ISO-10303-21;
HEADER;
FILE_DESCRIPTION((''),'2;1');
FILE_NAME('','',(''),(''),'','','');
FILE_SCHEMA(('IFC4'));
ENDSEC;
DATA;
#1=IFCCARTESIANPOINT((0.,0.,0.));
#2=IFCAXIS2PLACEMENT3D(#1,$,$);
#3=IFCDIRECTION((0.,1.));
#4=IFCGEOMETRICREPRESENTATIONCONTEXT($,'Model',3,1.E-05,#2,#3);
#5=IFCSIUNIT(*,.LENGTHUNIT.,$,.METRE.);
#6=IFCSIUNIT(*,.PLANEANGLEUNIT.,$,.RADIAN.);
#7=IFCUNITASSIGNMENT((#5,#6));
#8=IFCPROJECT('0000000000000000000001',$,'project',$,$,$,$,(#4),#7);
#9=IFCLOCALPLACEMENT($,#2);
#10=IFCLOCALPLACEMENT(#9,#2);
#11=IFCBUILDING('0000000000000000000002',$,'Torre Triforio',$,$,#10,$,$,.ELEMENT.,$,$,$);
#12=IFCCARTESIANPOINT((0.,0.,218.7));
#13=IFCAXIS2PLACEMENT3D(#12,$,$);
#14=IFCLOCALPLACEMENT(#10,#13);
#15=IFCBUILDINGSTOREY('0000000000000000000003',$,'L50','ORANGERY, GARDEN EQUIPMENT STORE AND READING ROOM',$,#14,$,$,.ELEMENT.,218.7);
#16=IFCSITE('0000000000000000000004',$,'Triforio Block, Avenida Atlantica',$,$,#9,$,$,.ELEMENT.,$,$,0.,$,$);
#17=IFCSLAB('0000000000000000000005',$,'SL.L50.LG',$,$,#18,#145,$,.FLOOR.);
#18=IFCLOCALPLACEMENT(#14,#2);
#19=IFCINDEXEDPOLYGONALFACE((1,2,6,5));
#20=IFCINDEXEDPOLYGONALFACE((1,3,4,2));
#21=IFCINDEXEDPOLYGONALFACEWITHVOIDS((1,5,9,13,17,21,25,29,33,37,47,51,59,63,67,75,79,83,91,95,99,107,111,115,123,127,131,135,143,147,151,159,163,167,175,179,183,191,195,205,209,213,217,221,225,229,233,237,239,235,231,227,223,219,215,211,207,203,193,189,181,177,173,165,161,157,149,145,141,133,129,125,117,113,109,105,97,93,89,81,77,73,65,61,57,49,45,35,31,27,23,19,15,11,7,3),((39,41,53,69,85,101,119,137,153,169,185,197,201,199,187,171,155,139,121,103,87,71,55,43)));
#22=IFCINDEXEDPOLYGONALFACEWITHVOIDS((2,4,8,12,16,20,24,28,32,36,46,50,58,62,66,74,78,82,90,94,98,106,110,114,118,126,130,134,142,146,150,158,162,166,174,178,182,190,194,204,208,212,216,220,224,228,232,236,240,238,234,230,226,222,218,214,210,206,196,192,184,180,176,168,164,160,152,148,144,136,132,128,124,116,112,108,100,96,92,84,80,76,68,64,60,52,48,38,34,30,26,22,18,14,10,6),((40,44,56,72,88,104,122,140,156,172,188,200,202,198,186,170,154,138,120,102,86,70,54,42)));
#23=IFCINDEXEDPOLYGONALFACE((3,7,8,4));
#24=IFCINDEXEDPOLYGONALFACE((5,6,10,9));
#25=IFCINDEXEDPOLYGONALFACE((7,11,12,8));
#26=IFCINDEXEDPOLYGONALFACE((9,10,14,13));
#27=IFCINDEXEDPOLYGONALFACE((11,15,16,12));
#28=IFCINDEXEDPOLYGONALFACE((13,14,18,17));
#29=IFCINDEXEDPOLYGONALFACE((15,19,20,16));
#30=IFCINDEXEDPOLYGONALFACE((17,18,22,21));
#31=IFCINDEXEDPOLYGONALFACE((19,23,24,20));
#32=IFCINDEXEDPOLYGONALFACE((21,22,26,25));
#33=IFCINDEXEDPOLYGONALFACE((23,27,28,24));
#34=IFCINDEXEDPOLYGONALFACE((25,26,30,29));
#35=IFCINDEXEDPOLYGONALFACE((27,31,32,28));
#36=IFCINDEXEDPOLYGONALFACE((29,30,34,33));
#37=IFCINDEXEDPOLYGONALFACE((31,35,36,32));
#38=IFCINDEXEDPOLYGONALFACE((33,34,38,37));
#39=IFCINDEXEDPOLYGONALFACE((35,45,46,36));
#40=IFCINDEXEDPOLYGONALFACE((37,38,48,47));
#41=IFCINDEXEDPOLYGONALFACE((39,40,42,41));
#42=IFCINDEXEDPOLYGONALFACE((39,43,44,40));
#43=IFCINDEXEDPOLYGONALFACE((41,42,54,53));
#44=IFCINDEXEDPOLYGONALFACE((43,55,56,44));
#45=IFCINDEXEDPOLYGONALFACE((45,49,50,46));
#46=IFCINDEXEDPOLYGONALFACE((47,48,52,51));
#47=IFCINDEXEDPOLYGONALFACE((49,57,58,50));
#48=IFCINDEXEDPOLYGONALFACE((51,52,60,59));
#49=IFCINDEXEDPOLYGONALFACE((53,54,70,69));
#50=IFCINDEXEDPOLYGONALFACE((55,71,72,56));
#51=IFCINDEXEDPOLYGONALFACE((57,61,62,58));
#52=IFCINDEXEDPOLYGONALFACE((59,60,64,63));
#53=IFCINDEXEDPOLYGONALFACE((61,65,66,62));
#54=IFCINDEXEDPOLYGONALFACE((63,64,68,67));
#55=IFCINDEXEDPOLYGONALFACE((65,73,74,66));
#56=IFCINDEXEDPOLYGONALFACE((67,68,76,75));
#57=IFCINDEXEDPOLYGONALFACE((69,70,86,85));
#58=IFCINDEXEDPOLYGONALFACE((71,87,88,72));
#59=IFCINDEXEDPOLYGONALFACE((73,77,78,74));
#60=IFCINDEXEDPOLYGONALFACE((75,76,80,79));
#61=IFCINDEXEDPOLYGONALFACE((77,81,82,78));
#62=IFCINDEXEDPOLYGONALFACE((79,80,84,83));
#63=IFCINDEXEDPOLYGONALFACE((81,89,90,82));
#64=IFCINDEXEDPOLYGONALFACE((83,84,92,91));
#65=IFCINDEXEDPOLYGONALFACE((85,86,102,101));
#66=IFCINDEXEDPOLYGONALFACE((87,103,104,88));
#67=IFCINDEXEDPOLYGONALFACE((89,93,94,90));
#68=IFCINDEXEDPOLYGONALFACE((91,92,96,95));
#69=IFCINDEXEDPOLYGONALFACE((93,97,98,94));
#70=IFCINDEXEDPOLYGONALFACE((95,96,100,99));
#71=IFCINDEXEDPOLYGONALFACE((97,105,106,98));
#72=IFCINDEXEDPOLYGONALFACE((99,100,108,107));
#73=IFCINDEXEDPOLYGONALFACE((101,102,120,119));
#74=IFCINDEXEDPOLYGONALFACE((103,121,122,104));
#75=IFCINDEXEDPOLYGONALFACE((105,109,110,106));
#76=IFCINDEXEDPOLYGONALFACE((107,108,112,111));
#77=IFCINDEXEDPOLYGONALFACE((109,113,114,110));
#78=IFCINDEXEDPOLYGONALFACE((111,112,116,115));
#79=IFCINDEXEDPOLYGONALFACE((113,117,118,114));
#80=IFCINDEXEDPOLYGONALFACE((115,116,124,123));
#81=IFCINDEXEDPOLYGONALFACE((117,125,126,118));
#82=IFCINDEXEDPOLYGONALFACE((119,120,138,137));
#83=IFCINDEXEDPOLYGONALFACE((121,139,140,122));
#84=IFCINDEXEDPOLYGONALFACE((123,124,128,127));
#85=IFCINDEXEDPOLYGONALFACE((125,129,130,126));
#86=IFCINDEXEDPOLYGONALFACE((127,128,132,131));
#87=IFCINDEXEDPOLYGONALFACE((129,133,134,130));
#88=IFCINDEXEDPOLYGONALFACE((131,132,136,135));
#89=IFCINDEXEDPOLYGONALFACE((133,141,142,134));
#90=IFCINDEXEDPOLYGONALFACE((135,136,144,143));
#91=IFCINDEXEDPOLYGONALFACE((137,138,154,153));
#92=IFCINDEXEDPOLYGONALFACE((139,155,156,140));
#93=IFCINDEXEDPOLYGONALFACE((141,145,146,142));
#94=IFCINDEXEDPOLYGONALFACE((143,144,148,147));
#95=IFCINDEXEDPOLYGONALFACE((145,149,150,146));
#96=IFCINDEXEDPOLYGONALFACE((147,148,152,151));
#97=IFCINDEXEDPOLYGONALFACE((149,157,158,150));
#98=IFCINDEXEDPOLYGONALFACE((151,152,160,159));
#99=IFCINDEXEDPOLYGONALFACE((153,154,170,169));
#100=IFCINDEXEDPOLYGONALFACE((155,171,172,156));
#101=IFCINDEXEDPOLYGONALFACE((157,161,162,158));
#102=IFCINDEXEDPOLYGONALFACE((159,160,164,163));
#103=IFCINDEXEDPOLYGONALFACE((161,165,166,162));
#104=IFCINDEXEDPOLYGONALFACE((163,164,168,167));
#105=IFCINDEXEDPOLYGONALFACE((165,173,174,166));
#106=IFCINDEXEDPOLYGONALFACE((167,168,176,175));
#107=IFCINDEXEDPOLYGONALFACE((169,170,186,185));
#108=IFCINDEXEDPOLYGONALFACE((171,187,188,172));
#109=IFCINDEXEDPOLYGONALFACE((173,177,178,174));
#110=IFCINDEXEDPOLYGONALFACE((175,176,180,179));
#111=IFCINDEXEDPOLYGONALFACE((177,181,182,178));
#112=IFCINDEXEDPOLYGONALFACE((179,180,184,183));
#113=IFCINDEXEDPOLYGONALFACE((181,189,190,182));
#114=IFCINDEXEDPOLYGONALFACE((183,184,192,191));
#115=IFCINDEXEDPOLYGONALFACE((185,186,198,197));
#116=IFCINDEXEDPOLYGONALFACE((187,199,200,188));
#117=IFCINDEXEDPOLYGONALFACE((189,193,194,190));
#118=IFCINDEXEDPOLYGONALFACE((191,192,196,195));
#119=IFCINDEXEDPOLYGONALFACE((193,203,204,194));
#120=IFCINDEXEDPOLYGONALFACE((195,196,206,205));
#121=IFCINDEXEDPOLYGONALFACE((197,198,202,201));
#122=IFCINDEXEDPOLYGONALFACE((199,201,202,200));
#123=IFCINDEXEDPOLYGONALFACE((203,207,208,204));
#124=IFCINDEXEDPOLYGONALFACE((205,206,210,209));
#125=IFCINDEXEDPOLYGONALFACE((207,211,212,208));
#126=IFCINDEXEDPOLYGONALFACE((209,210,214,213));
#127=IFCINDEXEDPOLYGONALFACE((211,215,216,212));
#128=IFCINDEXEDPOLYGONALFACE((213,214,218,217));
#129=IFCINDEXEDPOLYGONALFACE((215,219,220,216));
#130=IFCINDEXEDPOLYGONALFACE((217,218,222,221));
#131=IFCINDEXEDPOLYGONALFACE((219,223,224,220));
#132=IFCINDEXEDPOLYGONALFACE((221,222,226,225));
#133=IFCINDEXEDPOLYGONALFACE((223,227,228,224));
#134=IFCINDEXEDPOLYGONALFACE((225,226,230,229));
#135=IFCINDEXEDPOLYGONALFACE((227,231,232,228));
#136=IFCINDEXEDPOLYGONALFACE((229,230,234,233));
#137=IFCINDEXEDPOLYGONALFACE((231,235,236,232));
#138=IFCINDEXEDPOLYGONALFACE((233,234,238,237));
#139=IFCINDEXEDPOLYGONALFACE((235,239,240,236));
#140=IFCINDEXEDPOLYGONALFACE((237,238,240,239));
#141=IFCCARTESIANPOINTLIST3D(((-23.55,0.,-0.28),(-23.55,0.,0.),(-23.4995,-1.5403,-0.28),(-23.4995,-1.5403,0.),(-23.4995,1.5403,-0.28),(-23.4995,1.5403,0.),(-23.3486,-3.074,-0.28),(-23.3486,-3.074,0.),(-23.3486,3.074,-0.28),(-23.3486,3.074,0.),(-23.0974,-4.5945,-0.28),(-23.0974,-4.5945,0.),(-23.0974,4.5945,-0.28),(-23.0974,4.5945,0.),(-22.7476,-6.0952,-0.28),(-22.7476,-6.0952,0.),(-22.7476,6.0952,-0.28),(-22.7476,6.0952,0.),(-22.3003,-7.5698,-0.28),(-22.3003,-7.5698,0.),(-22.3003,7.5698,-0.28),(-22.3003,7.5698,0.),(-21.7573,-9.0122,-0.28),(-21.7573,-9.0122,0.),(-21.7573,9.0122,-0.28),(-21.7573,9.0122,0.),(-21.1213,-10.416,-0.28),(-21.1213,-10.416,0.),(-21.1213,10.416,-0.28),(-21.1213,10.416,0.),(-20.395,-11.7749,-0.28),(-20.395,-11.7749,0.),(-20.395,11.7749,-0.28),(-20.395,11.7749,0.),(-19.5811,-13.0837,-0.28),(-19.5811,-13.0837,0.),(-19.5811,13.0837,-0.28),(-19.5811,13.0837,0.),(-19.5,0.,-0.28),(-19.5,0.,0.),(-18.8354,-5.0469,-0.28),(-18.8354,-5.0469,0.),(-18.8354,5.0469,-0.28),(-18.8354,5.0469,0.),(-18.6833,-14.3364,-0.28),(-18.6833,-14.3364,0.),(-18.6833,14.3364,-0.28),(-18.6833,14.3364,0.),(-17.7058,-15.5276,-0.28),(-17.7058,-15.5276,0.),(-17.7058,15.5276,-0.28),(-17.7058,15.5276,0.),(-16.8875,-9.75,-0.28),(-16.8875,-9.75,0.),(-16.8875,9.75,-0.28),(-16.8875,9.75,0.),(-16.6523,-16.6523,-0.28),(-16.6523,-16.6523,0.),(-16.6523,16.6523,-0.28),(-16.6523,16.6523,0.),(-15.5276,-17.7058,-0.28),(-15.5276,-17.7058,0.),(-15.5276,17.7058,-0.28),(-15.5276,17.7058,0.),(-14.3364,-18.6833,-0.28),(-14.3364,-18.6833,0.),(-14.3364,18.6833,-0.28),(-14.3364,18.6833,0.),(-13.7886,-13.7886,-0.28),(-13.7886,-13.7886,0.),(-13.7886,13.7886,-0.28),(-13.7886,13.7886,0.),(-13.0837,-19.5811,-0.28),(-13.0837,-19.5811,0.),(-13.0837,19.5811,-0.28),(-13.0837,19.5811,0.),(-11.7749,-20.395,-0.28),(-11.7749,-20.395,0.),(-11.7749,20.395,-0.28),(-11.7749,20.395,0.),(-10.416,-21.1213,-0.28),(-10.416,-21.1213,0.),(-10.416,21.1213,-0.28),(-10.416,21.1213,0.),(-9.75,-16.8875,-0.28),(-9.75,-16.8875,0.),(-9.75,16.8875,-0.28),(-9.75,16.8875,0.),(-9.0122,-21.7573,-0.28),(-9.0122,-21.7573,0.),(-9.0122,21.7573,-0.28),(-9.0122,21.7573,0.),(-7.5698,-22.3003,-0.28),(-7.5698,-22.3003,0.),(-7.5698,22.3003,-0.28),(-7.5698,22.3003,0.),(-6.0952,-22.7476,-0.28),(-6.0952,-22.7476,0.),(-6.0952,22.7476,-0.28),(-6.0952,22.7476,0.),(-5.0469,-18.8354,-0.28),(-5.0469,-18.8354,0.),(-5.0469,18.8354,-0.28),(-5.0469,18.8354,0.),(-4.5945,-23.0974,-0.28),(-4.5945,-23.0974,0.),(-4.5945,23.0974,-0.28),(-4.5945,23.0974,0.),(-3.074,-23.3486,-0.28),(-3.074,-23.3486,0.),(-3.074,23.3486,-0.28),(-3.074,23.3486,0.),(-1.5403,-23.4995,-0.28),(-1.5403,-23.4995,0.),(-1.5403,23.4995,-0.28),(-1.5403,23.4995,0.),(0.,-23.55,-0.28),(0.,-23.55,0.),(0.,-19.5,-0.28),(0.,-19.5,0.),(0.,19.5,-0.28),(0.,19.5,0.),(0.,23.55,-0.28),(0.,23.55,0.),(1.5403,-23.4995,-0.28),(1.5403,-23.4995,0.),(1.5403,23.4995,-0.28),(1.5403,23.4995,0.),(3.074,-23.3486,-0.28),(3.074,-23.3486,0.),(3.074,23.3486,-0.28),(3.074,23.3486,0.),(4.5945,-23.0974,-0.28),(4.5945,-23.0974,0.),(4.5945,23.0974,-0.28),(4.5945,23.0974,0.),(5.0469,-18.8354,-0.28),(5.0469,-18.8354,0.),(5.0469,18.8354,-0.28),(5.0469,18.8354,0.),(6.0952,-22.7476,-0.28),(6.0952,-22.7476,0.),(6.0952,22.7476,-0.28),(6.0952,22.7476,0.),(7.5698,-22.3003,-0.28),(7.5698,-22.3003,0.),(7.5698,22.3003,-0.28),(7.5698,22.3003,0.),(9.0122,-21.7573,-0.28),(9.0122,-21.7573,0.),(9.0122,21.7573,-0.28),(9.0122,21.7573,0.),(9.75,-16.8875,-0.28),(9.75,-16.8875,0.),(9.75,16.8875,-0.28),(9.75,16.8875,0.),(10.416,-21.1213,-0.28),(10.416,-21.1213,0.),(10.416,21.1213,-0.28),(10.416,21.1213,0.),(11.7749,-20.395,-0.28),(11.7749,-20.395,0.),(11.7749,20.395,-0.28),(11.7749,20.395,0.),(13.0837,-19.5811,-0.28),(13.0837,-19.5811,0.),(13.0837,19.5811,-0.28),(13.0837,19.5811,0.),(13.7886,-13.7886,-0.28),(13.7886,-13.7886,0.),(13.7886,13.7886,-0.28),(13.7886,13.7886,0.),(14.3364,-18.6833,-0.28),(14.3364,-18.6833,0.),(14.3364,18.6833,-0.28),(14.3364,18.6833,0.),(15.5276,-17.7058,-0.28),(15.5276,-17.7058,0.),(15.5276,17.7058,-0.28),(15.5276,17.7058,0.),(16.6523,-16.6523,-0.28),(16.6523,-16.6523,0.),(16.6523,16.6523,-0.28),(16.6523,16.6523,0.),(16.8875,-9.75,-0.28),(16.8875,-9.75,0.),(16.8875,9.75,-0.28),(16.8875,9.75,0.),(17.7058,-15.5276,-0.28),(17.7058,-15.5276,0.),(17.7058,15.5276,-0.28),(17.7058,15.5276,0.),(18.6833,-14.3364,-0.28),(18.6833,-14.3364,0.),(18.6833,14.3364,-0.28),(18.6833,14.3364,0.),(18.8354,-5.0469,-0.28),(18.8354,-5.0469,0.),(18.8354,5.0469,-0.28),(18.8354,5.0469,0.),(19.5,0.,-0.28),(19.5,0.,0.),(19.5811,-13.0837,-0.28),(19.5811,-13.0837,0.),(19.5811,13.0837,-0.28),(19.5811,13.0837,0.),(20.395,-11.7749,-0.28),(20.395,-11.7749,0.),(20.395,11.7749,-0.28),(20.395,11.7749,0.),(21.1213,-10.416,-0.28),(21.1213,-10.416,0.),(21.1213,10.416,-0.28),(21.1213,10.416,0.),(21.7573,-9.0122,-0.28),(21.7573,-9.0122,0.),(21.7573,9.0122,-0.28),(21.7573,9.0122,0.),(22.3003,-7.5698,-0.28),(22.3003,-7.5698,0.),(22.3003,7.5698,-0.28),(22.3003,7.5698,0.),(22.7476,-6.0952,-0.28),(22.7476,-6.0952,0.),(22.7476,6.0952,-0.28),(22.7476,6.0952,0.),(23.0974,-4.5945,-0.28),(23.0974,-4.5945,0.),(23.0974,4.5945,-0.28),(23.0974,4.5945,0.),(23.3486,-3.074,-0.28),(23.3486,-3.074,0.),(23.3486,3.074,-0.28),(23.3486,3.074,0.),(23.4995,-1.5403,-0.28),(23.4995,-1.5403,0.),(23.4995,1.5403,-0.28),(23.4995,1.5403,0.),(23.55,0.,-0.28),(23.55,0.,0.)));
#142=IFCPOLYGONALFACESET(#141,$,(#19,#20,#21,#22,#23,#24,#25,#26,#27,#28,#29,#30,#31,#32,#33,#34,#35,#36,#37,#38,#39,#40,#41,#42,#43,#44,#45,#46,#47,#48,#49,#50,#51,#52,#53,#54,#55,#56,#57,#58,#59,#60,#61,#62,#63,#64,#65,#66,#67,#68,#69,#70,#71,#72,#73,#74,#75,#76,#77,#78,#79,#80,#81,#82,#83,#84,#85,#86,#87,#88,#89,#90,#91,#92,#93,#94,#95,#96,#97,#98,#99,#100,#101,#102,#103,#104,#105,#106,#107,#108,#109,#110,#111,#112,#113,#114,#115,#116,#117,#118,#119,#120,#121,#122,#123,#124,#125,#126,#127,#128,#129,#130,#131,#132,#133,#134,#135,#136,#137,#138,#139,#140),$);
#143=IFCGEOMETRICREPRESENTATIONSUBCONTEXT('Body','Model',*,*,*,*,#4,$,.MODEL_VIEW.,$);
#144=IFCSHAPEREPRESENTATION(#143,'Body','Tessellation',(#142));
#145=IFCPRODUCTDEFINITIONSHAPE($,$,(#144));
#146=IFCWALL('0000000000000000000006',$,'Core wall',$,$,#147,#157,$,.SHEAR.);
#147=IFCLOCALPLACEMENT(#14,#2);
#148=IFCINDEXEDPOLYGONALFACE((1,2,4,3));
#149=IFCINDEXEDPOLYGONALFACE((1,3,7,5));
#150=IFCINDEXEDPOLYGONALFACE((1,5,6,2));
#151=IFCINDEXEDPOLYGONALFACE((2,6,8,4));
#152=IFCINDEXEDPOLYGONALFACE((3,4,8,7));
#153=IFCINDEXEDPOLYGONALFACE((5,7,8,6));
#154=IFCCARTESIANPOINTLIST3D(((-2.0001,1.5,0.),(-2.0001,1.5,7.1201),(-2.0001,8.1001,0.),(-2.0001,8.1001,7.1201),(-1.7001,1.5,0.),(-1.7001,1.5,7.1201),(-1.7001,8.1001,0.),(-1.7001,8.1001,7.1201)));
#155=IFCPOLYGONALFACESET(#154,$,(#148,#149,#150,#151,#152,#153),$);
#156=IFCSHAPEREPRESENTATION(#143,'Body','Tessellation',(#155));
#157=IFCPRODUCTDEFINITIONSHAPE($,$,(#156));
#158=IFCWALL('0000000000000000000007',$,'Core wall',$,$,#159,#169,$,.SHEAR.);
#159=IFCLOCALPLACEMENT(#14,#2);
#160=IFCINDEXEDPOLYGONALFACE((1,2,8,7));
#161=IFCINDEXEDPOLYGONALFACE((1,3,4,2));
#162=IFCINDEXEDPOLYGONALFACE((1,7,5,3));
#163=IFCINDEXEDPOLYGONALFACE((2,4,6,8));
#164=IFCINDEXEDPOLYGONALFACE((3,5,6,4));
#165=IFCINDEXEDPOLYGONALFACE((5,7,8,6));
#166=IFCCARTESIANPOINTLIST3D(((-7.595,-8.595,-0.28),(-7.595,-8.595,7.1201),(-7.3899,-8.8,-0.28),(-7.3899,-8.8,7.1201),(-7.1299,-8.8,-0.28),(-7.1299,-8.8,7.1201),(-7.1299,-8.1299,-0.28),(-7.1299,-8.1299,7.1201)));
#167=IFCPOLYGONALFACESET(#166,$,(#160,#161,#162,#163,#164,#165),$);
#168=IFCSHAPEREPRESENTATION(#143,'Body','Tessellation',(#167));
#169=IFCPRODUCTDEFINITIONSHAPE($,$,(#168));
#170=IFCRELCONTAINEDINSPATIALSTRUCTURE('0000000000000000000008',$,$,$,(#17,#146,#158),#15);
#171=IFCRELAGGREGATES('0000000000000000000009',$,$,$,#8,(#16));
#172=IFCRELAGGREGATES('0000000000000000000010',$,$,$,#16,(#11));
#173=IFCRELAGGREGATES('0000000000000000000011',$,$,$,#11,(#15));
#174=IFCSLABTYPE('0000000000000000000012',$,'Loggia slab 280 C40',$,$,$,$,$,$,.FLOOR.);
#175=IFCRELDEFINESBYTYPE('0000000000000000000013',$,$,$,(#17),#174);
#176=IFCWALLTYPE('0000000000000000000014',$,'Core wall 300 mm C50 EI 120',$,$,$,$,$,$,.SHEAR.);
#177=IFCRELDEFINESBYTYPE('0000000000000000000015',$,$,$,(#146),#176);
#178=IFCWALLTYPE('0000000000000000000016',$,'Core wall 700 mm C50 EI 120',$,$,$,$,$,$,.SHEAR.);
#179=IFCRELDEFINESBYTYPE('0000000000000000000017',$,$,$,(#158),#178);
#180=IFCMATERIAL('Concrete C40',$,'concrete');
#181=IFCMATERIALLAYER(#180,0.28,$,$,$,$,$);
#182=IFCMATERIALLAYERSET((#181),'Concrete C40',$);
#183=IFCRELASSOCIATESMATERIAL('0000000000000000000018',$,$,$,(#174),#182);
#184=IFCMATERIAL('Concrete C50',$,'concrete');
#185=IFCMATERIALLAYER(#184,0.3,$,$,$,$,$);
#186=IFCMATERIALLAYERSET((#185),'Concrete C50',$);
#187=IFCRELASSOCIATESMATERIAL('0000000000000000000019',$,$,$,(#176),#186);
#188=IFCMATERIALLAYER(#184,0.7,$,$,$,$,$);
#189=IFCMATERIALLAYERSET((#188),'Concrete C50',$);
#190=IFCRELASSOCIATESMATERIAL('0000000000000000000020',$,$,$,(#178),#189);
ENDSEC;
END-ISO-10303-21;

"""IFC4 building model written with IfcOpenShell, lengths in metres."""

from ifc_helpers import new_model, si_unit, direction, frame, frame_2d, origin, place, context, subcontext, project, spatial, polyline, rectangle, outline, extrude, material, layer, layer_set, type_object, element, save


model = new_model("IFC4")

# Units and contexts
model_context = context("Model", 3, precision=1e-05, world=origin(), true_north=direction((0.0, 1.0)))
body_context = subcontext(model_context, "Body", "Model", "MODEL_VIEW")
ifc_project = project(units=[si_unit("LENGTHUNIT", "METRE"), si_unit("PLANEANGLEUNIT", "RADIAN")], contexts=[model_context])

# Site, building, storey
site_placement = place(None, origin())
site = spatial("IfcSite", under=ifc_project, at=site_placement, Name="Triforio Block, Avenida Atlantica", CompositionType="ELEMENT", RefElevation=0.0)
building_placement = place(site_placement, origin())
building = spatial("IfcBuilding", under=site, at=building_placement, Name="Torre Triforio", CompositionType="ELEMENT")
storey_placement = place(building_placement, frame((0.0, 0.0, 218.7)))
storey = spatial("IfcBuildingStorey", under=building, at=storey_placement, Name="L50", Description="ORANGERY, GARDEN EQUIPMENT STORE AND READING ROOM", CompositionType="ELEMENT", Elevation=218.7)

# Slab
ifc_material_1 = material(Name="Concrete C40", Category="concrete")
ifc_layer_1 = layer(ifc_material_1, 0.28)
ifc_layer_set_1 = layer_set([ifc_layer_1], Name="Concrete C40")
slab_type_1 = type_object("IfcSlabType", Name="Loggia slab 280 C40", PredefinedType="FLOOR", material=ifc_layer_set_1)
slab_1_placement = place(storey_placement, frame((0.0, 0.0, -0.28)))
element("IfcSlab", 1, at=slab_1_placement, inside=storey, type_object=slab_type_1, Name="SL.L50.LG", PredefinedType="FLOOR", context=body_context, shape_type="SweptSolid", body=[
    extrude(outline(polyline([(23.4995, -1.5403), (23.55, 0.0), (23.4995, 1.5403), (23.3486, 3.074), (23.0974, 4.5945), (22.7476, 6.0952), (22.3003, 7.5698), (21.7573, 9.0122), (21.1213, 10.416), (20.395, 11.7749), (19.5811, 13.0837), (18.6833, 14.3364), (17.7058, 15.5276), (16.6523, 16.6523), (15.5276, 17.7058), (14.3364, 18.6833), (13.0837, 19.5811), (11.7749, 20.395), (10.416, 21.1213), (9.0122, 21.7573), (7.5698, 22.3003), (6.0952, 22.7476), (4.5945, 23.0974), (3.074, 23.3486), (1.5403, 23.4995), (0.0, 23.55), (-1.5403, 23.4995), (-3.074, 23.3486), (-4.5945, 23.0974), (-6.0952, 22.7476), (-7.5698, 22.3003), (-9.0122, 21.7573), (-10.416, 21.1213), (-11.7749, 20.395), (-13.0837, 19.5811), (-14.3364, 18.6833), (-15.5276, 17.7058), (-16.6523, 16.6523), (-17.7058, 15.5276), (-18.6833, 14.3364), (-19.5811, 13.0837), (-20.395, 11.7749), (-21.1213, 10.416), (-21.7573, 9.0122), (-22.3003, 7.5698), (-22.7476, 6.0952), (-23.0974, 4.5945), (-23.3486, 3.074), (-23.4995, 1.5403), (-23.55, 0.0), (-23.4995, -1.5403), (-23.3486, -3.074), (-23.0974, -4.5945), (-22.7476, -6.0952), (-22.3003, -7.5698), (-21.7573, -9.0122), (-21.1213, -10.416), (-20.395, -11.7749), (-19.5811, -13.0837), (-18.6833, -14.3364), (-17.7058, -15.5276), (-16.6523, -16.6523), (-15.5276, -17.7058), (-14.3364, -18.6833), (-13.0837, -19.5811), (-11.7749, -20.395), (-10.416, -21.1213), (-9.0122, -21.7573), (-7.5698, -22.3003), (-6.0952, -22.7476), (-4.5945, -23.0974), (-3.074, -23.3486), (-1.5403, -23.4995), (0.0, -23.55), (1.5403, -23.4995), (3.074, -23.3486), (4.5945, -23.0974), (6.0952, -22.7476), (7.5698, -22.3003), (9.0122, -21.7573), (10.416, -21.1213), (11.7749, -20.395), (13.0837, -19.5811), (14.3364, -18.6833), (15.5276, -17.7058), (16.6523, -16.6523), (17.7058, -15.5276), (18.6833, -14.3364), (19.5811, -13.0837), (20.395, -11.7749), (21.1213, -10.416), (21.7573, -9.0122), (22.3003, -7.5698), (22.7476, -6.0952), (23.0974, -4.5945), (23.3486, -3.074), (23.4995, -1.5403)]), holes=[polyline([(18.8354, 5.0469), (19.5, 0.0), (18.8354, -5.0469), (16.8875, -9.75), (13.7886, -13.7886), (9.75, -16.8875), (5.0469, -18.8354), (0.0, -19.5), (-5.0469, -18.8354), (-9.75, -16.8875), (-13.7886, -13.7886), (-16.8875, -9.75), (-18.8354, -5.0469), (-19.5, 0.0), (-18.8354, 5.0469), (-16.8875, 9.75), (-13.7886, 13.7886), (-9.75, 16.8875), (-5.0469, 18.8354), (0.0, 19.5), (5.0469, 18.8354), (9.75, 16.8875), (13.7886, 13.7886), (16.8875, 9.75), (18.8354, 5.0469)])]), origin(), (0.0, 0.0, 1.0), 0.28),
])

# Walls
ifc_material_2 = material(Name="Concrete C50", Category="concrete")
ifc_layer_2 = layer(ifc_material_2, 0.3)
ifc_layer_set_2 = layer_set([ifc_layer_2], Name="Concrete C50")
wall_type_1 = type_object("IfcWallType", Name="Core wall 300 mm C50 EI 120", PredefinedType="SHEAR", material=ifc_layer_set_2)
wall_1_placement = place(storey_placement, frame((-1.8501, 1.5, 0.0), z_axis=(0.0, 0.0, 1.0), x_axis=(0.0, 1.0, 0.0)))
element("IfcWall", 2, at=wall_1_placement, inside=storey, type_object=wall_type_1, Name="Core wall", PredefinedType="SHEAR", context=body_context, shape_type="SweptSolid", body=[
    extrude(rectangle(XDim=6.6001, YDim=0.3, at=frame_2d((3.3, 0.0))), origin(), (0.0, 0.0, 1.0), 7.1201),
])
ifc_layer_3 = layer(ifc_material_2, 0.7)
ifc_layer_set_3 = layer_set([ifc_layer_3], Name="Concrete C50")
wall_type_2 = type_object("IfcWallType", Name="Core wall 700 mm C50 EI 120", PredefinedType="SHEAR", material=ifc_layer_set_3)
wall_2_placement = place(storey_placement, frame((0.0, 0.0, -0.28)))
element("IfcWall", 3, at=wall_2_placement, inside=storey, type_object=wall_type_2, Name="Core wall", PredefinedType="SHEAR", context=body_context, shape_type="SweptSolid", body=[
    extrude(outline(polyline([(-7.3899, -8.8), (-7.595, -8.595), (-7.595, -8.595), (-7.595, -8.595), (-7.1299, -8.1299), (-7.1299, -8.8), (-7.1299, -8.8), (-7.3899, -8.8)])), origin(), (0.0, 0.0, 1.0), 7.4001),
])

save(model, "model.ifc")
